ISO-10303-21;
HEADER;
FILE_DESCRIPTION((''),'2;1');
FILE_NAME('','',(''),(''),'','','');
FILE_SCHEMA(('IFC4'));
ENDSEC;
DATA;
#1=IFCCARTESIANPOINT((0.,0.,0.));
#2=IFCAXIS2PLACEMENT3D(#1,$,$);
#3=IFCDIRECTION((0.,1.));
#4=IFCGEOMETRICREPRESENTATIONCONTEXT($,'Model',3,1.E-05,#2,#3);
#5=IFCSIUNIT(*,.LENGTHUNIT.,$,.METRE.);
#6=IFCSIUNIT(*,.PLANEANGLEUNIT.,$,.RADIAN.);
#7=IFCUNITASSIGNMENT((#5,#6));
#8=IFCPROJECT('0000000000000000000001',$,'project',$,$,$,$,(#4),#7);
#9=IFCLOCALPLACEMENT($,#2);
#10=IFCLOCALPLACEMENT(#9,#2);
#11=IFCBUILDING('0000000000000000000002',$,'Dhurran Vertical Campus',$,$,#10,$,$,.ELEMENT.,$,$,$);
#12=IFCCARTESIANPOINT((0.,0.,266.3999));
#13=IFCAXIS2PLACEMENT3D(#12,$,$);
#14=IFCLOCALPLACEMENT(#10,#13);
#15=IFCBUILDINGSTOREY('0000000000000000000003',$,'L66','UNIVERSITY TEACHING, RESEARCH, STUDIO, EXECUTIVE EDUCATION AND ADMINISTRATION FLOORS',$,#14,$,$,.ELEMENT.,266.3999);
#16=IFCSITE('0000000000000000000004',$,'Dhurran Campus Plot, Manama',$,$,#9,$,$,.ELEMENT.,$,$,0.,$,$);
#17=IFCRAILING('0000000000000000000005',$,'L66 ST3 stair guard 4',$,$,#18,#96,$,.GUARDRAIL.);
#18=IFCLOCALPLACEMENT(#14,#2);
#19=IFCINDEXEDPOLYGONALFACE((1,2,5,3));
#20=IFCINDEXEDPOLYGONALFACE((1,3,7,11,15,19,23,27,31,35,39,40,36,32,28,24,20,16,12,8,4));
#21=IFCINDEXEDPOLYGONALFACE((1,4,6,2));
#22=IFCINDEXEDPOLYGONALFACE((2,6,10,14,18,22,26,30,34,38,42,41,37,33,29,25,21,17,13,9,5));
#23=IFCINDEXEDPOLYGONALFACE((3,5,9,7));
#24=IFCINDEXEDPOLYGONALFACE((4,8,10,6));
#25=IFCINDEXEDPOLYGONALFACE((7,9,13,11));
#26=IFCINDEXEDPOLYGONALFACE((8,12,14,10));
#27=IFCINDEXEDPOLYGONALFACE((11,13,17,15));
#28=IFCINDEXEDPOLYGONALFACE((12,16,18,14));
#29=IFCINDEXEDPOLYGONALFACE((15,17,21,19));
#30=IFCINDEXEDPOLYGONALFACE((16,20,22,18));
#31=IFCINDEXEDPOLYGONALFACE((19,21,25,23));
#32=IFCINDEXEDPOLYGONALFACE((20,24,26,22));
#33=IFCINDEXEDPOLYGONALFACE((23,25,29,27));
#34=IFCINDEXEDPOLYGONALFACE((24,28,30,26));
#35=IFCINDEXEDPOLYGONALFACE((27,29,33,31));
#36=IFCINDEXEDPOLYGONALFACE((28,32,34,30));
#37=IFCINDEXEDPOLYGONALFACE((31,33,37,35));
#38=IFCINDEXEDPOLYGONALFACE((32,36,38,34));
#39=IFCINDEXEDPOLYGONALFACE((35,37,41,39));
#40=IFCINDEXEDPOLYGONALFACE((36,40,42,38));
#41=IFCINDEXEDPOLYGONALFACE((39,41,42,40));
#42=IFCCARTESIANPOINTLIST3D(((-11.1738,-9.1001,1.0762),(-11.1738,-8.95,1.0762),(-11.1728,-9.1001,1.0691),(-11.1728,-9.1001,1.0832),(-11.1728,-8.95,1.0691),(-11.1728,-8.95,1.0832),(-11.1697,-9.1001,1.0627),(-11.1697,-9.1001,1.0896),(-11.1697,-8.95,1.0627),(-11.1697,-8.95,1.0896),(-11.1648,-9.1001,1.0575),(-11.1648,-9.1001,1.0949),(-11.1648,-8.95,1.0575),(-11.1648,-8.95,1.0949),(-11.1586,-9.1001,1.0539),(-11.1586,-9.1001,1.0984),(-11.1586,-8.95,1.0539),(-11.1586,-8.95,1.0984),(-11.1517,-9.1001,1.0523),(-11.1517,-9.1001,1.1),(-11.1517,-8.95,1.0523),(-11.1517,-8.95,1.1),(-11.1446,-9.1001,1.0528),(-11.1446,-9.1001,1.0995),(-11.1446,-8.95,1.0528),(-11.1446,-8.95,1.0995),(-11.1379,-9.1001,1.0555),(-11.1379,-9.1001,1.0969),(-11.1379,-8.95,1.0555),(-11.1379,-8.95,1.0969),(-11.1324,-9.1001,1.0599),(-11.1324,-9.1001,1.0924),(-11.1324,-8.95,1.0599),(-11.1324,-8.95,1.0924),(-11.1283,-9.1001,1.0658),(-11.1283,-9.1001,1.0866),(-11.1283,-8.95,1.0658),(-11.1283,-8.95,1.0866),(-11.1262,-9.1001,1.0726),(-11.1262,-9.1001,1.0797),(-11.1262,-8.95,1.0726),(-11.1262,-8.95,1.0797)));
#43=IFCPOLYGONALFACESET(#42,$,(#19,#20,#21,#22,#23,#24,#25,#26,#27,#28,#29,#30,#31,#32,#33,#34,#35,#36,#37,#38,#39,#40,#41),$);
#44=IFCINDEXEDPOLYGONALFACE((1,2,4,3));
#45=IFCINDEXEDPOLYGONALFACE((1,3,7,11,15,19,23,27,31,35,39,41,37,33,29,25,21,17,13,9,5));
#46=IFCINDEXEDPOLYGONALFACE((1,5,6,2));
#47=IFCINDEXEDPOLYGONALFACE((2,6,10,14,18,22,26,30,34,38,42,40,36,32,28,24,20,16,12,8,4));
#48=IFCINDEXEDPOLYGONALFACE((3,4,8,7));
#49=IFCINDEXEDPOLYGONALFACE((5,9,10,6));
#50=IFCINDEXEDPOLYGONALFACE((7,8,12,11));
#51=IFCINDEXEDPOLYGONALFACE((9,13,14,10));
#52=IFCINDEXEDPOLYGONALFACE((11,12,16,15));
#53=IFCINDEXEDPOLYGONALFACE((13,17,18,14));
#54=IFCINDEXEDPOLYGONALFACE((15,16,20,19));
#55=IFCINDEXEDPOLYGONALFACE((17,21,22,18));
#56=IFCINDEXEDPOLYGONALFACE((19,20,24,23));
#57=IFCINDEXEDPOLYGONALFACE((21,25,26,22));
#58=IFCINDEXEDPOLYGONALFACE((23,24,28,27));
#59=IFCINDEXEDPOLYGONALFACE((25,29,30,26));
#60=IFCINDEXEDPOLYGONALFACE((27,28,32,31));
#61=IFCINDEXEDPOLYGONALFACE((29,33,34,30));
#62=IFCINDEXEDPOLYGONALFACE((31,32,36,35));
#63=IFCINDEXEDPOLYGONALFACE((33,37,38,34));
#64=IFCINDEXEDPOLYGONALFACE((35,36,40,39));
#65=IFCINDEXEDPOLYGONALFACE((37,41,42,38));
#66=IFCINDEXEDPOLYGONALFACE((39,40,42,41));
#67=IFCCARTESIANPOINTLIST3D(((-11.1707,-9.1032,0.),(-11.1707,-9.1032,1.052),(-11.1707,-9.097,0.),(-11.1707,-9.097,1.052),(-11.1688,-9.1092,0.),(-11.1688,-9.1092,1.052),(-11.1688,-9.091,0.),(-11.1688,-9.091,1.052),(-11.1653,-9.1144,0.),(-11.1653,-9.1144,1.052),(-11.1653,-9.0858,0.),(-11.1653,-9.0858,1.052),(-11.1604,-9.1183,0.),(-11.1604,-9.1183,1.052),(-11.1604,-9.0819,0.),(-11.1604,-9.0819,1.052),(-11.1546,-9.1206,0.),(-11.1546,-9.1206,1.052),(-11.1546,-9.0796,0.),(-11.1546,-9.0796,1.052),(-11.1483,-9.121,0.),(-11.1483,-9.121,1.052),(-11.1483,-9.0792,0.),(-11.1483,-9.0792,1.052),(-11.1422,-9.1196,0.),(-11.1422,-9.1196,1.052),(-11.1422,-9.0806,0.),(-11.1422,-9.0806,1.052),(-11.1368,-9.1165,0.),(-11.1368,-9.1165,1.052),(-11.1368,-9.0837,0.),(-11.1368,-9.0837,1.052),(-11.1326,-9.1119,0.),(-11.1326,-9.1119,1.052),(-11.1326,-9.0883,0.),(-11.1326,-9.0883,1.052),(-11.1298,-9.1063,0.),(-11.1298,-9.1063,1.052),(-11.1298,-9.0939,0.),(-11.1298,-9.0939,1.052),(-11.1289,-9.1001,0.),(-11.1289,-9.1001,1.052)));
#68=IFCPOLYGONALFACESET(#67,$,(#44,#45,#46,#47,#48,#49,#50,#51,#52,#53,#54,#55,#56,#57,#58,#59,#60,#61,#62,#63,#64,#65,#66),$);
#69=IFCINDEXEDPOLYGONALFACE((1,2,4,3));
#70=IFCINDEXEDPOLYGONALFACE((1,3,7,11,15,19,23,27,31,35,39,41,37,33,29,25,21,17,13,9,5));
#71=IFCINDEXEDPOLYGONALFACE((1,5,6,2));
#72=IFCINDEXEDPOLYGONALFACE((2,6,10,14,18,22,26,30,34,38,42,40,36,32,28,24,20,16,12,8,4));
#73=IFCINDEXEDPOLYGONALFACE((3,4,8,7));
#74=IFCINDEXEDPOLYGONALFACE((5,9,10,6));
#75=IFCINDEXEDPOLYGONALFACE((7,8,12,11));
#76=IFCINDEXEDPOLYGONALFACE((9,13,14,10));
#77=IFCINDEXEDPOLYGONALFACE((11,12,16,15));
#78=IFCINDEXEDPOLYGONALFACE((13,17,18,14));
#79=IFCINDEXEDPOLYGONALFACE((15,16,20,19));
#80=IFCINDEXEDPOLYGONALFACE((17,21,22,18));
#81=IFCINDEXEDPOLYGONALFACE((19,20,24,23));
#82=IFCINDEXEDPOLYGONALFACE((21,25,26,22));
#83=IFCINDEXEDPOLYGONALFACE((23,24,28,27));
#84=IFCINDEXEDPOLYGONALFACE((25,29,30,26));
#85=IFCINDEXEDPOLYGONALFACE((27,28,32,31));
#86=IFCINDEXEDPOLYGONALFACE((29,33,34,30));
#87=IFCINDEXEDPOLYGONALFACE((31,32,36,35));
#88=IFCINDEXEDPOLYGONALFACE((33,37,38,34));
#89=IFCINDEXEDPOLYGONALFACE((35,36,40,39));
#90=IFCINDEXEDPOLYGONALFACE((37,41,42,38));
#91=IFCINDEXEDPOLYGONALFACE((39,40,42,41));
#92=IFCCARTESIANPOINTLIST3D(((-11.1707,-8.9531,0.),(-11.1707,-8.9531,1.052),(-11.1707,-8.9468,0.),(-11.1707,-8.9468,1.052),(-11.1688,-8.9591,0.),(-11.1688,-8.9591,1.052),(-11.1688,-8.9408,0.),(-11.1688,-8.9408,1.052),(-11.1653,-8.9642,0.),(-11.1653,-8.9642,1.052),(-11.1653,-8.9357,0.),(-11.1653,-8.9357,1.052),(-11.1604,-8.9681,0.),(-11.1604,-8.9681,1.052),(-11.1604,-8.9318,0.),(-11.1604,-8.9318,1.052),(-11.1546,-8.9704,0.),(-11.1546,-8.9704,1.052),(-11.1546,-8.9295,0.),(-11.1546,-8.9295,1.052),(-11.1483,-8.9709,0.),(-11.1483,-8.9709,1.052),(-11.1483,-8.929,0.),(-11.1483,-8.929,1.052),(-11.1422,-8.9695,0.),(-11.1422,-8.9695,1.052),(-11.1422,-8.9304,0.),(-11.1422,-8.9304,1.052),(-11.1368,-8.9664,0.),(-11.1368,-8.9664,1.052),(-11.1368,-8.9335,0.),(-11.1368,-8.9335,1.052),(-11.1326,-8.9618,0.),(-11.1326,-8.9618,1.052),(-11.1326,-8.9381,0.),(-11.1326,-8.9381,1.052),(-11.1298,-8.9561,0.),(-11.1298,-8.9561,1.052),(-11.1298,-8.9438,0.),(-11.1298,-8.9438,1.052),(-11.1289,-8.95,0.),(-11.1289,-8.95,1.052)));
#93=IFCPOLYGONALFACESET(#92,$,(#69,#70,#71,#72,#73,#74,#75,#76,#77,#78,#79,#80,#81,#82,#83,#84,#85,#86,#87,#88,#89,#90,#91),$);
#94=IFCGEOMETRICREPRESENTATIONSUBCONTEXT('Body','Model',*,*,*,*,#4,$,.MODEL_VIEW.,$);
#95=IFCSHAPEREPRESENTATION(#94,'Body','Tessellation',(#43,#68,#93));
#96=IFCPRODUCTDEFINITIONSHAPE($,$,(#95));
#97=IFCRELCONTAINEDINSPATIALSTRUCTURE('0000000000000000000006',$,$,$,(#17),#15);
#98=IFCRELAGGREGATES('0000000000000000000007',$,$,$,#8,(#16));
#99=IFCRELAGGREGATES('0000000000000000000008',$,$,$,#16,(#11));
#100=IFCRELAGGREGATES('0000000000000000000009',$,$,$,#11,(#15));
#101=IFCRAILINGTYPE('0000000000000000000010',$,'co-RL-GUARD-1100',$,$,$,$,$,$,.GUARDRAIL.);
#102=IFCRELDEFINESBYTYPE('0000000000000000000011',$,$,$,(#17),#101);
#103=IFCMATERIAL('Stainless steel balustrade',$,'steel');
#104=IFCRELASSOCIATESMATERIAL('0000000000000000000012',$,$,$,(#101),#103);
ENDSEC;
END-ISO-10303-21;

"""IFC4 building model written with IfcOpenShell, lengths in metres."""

from ifc_helpers import new_model, si_unit, direction, frame, origin, origin_2d, place, context, subcontext, project, spatial, circle, extrude, material, type_object, element, save


model = new_model("IFC4")

# Units and contexts
model_context = context("Model", 3, precision=1e-05, world=origin(), true_north=direction((0.0, 1.0)))
body_context = subcontext(model_context, "Body", "Model", "MODEL_VIEW")
ifc_project = project(units=[si_unit("LENGTHUNIT", "METRE"), si_unit("PLANEANGLEUNIT", "RADIAN")], contexts=[model_context])

# Site, building, storey
site_placement = place(None, origin())
site = spatial("IfcSite", under=ifc_project, at=site_placement, Name="Dhurran Campus Plot, Manama", CompositionType="ELEMENT", RefElevation=0.0)
building_placement = place(site_placement, origin())
building = spatial("IfcBuilding", under=site, at=building_placement, Name="Dhurran Vertical Campus", CompositionType="ELEMENT")
storey_placement = place(building_placement, frame((0.0, 0.0, 266.3999)))
storey = spatial("IfcBuildingStorey", under=building, at=storey_placement, Name="L66", Description="UNIVERSITY TEACHING, RESEARCH, STUDIO, EXECUTIVE EDUCATION AND ADMINISTRATION FLOORS", CompositionType="ELEMENT", Elevation=266.3999)

# Railing
ifc_material_1 = material(Name="Stainless steel balustrade", Category="steel")
railing_type_1 = type_object("IfcRailingType", Name="co-RL-GUARD-1100", PredefinedType="GUARDRAIL", material=ifc_material_1)
railing_1_placement = place(storey_placement, frame((-11.1499, -9.1001, 0.0)))
element("IfcRailing", 1, at=railing_1_placement, inside=storey, type_object=railing_type_1, Name="L66 ST3 stair guard 4", PredefinedType="GUARDRAIL", context=body_context, shape_type="SweptSolid", body=[
    extrude(circle(Radius=0.0239, at=origin_2d()), frame((0.0, 0.0, 1.0762), z_axis=(0.0, 1.0, 0.0), x_axis=(-1.0, 0.0, 0.0)), (0.0, 0.0, 1.0), 0.1501),
    extrude(circle(Radius=0.021, at=origin_2d()), origin(), (0.0, 0.0, 1.0), 1.052),
    extrude(circle(Radius=0.021, at=origin_2d()), frame((0.0, 0.1501, 0.0)), (0.0, 0.0, 1.0), 1.052),
])

save(model, "model.ifc")
